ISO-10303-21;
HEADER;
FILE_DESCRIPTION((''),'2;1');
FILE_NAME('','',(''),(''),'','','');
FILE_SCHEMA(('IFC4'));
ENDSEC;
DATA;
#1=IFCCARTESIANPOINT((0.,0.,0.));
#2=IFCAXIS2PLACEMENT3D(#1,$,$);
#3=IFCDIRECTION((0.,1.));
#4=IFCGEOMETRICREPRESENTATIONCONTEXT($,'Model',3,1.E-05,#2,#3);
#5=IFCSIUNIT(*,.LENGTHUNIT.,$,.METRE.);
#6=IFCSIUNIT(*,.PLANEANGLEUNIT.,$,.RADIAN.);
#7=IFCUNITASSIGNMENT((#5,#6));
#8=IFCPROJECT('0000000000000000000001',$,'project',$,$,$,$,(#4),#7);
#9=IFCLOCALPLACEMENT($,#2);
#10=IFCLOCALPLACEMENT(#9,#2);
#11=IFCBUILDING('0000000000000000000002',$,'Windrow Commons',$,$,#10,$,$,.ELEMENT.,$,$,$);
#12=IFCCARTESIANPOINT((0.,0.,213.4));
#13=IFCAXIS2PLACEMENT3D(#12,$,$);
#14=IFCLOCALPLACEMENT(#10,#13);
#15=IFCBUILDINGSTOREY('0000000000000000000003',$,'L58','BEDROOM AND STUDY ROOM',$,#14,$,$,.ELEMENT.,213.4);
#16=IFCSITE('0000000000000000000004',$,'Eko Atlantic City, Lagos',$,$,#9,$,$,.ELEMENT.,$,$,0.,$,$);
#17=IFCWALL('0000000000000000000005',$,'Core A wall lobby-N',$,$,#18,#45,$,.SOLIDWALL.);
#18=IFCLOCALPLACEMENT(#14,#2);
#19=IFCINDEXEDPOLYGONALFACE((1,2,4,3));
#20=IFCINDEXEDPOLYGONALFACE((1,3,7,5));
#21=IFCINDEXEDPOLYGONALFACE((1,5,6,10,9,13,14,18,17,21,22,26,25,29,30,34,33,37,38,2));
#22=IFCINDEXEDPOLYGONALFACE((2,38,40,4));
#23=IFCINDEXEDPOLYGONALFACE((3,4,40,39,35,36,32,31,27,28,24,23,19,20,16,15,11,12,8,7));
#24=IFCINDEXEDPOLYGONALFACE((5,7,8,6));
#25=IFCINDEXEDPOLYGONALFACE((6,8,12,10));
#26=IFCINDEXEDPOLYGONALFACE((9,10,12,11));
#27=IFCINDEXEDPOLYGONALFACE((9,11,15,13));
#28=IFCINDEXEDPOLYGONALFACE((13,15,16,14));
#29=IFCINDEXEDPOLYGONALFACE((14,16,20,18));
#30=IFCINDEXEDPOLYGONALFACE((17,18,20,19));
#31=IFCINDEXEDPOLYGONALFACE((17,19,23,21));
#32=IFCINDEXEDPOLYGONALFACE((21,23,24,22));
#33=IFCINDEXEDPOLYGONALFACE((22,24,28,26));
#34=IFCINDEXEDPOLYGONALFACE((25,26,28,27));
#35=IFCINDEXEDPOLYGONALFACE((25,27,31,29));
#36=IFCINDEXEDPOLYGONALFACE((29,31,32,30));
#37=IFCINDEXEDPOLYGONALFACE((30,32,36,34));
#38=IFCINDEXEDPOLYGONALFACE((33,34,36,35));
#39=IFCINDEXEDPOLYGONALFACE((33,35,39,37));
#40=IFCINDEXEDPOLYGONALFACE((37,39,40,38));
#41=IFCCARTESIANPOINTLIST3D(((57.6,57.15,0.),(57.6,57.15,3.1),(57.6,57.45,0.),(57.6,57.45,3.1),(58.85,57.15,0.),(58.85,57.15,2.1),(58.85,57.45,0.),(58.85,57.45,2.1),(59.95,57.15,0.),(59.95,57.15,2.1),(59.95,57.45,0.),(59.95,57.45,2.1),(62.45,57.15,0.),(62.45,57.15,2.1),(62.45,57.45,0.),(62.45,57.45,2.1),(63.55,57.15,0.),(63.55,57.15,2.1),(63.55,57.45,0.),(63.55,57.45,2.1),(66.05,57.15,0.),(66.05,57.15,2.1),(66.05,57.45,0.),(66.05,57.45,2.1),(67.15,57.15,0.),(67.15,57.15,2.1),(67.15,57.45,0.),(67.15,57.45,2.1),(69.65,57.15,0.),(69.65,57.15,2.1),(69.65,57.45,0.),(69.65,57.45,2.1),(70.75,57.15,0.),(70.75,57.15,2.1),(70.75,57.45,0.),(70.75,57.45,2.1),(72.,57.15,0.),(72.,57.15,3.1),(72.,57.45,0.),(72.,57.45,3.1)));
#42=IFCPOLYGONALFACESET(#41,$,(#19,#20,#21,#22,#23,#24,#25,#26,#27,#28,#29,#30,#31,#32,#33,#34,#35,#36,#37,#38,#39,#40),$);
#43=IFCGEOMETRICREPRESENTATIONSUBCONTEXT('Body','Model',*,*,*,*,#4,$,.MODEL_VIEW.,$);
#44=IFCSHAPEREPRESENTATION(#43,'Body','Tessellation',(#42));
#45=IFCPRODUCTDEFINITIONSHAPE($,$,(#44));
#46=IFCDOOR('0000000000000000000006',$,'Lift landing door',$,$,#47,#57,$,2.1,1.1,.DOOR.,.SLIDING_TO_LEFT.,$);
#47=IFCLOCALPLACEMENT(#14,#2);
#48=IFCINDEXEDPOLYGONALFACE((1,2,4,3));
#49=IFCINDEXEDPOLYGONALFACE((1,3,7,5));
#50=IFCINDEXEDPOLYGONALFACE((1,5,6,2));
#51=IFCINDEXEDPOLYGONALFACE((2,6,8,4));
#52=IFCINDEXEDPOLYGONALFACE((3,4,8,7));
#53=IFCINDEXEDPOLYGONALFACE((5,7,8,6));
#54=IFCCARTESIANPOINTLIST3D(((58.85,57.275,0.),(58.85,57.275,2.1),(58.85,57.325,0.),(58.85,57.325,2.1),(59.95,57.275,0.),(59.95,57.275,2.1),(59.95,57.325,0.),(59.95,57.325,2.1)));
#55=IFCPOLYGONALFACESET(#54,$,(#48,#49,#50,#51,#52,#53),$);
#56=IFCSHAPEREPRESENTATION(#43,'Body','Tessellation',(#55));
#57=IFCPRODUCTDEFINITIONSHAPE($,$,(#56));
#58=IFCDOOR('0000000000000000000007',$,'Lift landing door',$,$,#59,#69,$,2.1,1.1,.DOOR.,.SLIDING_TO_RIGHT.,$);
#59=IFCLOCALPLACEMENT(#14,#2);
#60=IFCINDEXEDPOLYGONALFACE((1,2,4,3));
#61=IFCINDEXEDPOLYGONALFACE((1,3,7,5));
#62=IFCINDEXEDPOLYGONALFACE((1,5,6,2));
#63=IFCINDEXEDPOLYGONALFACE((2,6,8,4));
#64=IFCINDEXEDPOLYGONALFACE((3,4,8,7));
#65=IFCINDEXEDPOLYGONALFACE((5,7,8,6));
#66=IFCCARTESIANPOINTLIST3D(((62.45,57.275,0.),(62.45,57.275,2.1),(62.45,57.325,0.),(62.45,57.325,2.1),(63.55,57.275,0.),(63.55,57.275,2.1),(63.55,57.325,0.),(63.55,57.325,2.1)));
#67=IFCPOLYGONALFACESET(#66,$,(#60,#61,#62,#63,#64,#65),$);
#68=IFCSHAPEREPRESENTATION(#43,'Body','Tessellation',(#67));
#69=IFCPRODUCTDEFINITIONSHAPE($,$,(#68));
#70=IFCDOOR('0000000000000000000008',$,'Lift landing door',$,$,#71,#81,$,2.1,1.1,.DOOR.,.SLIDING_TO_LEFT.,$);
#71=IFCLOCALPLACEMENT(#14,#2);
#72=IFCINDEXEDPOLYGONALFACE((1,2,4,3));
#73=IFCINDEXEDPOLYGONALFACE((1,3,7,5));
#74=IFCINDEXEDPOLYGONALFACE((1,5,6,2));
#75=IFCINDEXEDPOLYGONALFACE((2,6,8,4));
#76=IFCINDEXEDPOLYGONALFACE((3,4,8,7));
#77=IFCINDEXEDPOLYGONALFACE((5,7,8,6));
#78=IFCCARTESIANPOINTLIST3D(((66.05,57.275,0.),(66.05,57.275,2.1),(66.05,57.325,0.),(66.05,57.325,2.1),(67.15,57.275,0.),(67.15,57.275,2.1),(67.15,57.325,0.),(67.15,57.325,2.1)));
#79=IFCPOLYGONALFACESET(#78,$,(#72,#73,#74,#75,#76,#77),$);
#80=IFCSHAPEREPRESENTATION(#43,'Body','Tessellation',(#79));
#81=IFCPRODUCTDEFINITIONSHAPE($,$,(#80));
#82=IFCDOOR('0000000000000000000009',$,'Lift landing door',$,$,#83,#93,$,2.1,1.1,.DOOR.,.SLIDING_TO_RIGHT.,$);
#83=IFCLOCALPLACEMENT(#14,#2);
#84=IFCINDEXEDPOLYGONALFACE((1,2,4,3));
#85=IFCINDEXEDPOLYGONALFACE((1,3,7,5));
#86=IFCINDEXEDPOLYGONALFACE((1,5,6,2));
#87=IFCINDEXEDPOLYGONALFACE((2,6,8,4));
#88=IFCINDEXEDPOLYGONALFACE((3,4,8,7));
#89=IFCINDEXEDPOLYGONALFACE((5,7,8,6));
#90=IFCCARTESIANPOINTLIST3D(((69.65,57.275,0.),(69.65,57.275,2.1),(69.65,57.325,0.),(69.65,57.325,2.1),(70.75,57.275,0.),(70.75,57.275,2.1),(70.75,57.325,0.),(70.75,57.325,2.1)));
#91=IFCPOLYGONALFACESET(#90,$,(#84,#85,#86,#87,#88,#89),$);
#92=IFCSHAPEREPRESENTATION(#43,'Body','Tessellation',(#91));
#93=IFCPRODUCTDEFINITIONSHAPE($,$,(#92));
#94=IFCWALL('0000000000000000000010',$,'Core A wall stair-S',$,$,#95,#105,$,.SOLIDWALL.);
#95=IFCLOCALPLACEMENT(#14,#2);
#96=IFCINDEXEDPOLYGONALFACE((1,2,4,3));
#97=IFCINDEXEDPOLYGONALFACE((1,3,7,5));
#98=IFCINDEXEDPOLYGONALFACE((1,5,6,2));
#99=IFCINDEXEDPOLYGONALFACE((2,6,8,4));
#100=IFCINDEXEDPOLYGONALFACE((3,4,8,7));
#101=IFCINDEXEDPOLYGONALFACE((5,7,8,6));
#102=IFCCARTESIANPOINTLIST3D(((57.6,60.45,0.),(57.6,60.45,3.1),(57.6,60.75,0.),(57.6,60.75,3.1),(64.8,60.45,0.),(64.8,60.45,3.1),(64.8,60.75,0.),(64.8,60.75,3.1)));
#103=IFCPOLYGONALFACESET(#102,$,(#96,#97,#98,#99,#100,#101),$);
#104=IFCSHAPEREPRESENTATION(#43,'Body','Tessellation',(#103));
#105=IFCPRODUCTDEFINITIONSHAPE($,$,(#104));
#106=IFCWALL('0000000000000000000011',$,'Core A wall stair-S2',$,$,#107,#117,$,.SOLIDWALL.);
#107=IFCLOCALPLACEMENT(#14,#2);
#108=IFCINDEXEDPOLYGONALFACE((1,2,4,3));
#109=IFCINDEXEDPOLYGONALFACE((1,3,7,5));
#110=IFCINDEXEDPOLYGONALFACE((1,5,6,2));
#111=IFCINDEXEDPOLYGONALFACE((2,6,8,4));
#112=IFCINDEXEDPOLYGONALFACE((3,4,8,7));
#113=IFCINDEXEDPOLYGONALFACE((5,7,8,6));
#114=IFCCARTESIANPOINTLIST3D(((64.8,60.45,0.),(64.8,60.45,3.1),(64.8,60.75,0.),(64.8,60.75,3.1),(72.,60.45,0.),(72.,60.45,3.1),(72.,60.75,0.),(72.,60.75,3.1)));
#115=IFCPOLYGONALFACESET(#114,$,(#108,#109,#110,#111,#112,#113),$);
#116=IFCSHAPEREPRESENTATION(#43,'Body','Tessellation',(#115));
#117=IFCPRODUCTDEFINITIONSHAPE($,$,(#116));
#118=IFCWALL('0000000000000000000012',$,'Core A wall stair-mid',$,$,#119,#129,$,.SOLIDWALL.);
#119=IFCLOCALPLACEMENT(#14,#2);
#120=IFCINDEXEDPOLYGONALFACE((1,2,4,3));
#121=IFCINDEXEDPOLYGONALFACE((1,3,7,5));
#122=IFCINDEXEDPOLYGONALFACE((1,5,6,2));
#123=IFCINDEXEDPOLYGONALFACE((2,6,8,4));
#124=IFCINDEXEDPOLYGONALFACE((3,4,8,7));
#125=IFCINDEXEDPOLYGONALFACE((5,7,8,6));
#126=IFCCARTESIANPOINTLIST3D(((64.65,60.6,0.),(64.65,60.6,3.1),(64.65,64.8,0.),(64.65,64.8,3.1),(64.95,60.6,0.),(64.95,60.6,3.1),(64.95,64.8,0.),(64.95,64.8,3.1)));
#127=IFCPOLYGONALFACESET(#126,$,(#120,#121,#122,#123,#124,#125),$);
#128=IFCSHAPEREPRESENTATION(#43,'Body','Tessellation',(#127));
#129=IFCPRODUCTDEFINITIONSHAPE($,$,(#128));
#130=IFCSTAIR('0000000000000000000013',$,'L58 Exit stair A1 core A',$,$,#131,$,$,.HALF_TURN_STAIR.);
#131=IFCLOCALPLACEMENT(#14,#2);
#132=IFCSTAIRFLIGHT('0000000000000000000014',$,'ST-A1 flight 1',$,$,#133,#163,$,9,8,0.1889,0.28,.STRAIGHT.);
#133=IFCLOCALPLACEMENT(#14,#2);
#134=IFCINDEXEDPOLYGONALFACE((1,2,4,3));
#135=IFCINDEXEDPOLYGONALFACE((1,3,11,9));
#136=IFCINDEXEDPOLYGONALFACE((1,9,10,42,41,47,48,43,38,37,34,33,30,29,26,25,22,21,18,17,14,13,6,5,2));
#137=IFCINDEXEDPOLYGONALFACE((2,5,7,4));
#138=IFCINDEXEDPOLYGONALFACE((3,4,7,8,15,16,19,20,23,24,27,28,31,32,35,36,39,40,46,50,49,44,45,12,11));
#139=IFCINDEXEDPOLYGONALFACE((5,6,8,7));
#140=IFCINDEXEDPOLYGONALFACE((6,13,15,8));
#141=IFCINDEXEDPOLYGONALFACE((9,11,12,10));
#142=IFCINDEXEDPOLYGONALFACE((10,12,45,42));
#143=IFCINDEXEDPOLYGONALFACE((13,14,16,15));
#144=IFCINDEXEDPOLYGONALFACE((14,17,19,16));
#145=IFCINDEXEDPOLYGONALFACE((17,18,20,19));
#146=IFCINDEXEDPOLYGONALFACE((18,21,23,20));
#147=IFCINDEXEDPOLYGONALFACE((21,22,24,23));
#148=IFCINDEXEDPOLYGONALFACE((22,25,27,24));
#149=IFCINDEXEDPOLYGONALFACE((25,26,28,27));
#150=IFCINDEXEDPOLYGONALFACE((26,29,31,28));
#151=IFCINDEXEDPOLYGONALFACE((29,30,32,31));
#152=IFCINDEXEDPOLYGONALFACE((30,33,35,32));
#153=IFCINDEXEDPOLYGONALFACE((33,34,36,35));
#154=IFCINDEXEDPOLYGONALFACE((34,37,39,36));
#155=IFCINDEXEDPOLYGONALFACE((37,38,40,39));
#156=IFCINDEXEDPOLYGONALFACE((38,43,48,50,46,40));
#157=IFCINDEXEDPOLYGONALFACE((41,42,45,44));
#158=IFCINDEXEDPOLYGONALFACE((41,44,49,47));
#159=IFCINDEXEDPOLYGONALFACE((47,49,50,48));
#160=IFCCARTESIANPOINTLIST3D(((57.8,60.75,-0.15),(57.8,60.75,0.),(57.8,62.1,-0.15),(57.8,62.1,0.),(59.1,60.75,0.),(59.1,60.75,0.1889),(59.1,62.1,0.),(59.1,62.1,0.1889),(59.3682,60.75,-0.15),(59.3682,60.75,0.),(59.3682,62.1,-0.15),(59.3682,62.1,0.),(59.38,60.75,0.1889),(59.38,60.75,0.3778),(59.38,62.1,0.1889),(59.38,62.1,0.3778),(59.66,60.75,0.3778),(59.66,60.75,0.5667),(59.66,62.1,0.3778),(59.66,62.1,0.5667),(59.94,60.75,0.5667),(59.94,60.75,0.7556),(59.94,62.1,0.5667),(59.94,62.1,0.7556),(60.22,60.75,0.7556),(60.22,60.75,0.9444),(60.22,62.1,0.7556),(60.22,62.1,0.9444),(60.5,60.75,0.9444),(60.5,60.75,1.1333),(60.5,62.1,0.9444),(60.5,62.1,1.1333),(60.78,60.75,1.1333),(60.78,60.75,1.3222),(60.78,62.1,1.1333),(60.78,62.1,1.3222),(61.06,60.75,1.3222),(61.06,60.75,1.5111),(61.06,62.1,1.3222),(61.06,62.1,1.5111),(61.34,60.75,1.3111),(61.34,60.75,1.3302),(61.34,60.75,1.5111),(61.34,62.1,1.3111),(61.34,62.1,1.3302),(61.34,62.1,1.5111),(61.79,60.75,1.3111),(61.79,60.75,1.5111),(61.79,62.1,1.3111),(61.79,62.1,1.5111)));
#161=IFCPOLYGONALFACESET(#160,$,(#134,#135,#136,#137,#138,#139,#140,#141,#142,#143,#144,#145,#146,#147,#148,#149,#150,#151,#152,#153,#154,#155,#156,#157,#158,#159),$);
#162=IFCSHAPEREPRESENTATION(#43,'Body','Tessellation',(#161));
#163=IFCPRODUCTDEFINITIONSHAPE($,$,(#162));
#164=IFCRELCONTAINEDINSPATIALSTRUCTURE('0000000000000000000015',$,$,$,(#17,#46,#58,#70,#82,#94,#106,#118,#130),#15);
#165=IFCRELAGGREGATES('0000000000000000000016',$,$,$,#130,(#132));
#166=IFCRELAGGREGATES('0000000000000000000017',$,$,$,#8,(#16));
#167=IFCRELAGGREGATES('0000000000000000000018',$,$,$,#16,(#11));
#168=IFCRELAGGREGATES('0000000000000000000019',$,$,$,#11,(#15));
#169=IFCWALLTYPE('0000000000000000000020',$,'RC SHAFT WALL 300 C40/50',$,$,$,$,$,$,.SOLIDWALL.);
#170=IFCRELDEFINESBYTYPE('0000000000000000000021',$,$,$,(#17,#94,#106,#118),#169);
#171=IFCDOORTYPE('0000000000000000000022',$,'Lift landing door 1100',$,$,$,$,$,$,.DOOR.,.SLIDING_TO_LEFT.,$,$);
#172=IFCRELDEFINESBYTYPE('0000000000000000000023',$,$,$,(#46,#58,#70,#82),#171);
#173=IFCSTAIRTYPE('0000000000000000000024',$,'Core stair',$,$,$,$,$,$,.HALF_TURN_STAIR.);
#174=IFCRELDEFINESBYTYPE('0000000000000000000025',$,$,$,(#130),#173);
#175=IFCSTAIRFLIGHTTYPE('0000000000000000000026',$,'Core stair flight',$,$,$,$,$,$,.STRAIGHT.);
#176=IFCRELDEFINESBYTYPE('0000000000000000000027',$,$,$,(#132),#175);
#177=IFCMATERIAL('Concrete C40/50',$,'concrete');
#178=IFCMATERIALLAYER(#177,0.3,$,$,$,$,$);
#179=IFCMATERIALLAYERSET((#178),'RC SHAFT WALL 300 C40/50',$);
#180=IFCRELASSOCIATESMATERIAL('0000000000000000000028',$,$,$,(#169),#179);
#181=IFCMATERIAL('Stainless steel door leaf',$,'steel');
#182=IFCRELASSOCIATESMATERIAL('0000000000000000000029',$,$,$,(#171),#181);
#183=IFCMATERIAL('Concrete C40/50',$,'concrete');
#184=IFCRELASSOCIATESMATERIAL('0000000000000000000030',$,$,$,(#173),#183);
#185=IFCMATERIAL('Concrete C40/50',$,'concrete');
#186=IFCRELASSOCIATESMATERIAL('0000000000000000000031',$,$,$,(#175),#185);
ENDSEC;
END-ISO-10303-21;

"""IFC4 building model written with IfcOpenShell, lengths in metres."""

from ifc_helpers import new_model, si_unit, direction, frame, frame_2d, origin, place, context, subcontext, project, spatial, polyline, rectangle, outline, extrude, material, layer, layer_set, type_object, element, fill, aggregate, save


model = new_model("IFC4")

# Units and contexts
model_context = context("Model", 3, precision=1e-05, world=origin(), true_north=direction((0.0, 1.0)))
body_context = subcontext(model_context, "Body", "Model", "MODEL_VIEW")
ifc_project = project(units=[si_unit("LENGTHUNIT", "METRE"), si_unit("PLANEANGLEUNIT", "RADIAN")], contexts=[model_context])

# Site, building, storey
site_placement = place(None, origin())
site = spatial("IfcSite", under=ifc_project, at=site_placement, Name="Eko Atlantic City, Lagos", CompositionType="ELEMENT", RefElevation=0.0)
building_placement = place(site_placement, origin())
building = spatial("IfcBuilding", under=site, at=building_placement, Name="Windrow Commons", CompositionType="ELEMENT")
storey_placement = place(building_placement, frame((0.0, 0.0, 213.4)))
storey = spatial("IfcBuildingStorey", under=building, at=storey_placement, Name="L58", Description="BEDROOM AND STUDY ROOM", CompositionType="ELEMENT", Elevation=213.4)

# Shared definitions
ifc_material_1 = material(Name="Concrete C40/50", Category="concrete")
ifc_layer_1 = layer(ifc_material_1, 0.3)
ifc_layer_set_1 = layer_set([ifc_layer_1], Name="RC SHAFT WALL 300 C40/50")
wall_type_1 = type_object("IfcWallType", Name="RC SHAFT WALL 300 C40/50", PredefinedType="SOLIDWALL", material=ifc_layer_set_1)

# Wall, openings, doors
ifc_material_2 = material(Name="Stainless steel door leaf", Category="steel")
door_type_1 = type_object("IfcDoorType", Name="Lift landing door 1100", OperationType="SLIDING_TO_LEFT", PredefinedType="DOOR", material=ifc_material_2)
wall_1_placement = place(storey_placement, frame((57.6, 57.3, 0.0), z_axis=(0.0, 0.0, 1.0), x_axis=(1.0, 0.0, 0.0)))
wall_1 = element("IfcWall", 1, at=wall_1_placement, inside=storey, type_object=wall_type_1, Name="Core A wall lobby-N", PredefinedType="SOLIDWALL", context=body_context, shape_type="SweptSolid", body=[
    extrude(rectangle(XDim=14.4, YDim=0.3, at=frame_2d((7.2, 0.0))), origin(), (0.0, 0.0, 1.0), 3.1),
])
opening_1_placement = place(wall_1_placement, frame((1.25, 0.0, 0.0)))
opening_1 = element("IfcOpeningElement", 2, at=opening_1_placement, cuts=wall_1, PredefinedType="OPENING", context=body_context, shape_type="SweptSolid", body=[
    extrude(rectangle(XDim=1.1, YDim=2.1, at=frame_2d((0.55, 1.05))), frame((0.0, 0.16, 0.0), z_axis=(0.0, -1.0, 0.0), x_axis=(1.0, 0.0, 0.0)), (0.0, 0.0, 1.0), 0.32),
])
opening_2_placement = place(wall_1_placement, frame((4.85, 0.0, 0.0)))
opening_2 = element("IfcOpeningElement", 3, at=opening_2_placement, cuts=wall_1, PredefinedType="OPENING", context=body_context, shape_type="SweptSolid", body=[
    extrude(rectangle(XDim=1.1, YDim=2.1, at=frame_2d((0.55, 1.05))), frame((0.0, 0.16, 0.0), z_axis=(0.0, -1.0, 0.0), x_axis=(1.0, 0.0, 0.0)), (0.0, 0.0, 1.0), 0.32),
])
opening_3_placement = place(wall_1_placement, frame((8.45, 0.0, 0.0)))
opening_3 = element("IfcOpeningElement", 4, at=opening_3_placement, cuts=wall_1, PredefinedType="OPENING", context=body_context, shape_type="SweptSolid", body=[
    extrude(rectangle(XDim=1.1, YDim=2.1, at=frame_2d((0.55, 1.05))), frame((0.0, 0.16, 0.0), z_axis=(0.0, -1.0, 0.0), x_axis=(1.0, 0.0, 0.0)), (0.0, 0.0, 1.0), 0.32),
])
opening_4_placement = place(wall_1_placement, frame((12.05, 0.0, 0.0)))
opening_4 = element("IfcOpeningElement", 5, at=opening_4_placement, cuts=wall_1, PredefinedType="OPENING", context=body_context, shape_type="SweptSolid", body=[
    extrude(rectangle(XDim=1.1, YDim=2.1, at=frame_2d((0.55, 1.05))), frame((0.0, 0.16, 0.0), z_axis=(0.0, -1.0, 0.0), x_axis=(1.0, 0.0, 0.0)), (0.0, 0.0, 1.0), 0.32),
])
door_1_placement = place(opening_1_placement, origin())
door_1 = element("IfcDoor", 6, at=door_1_placement, inside=storey, type_object=door_type_1, Name="Lift landing door", OperationType="SLIDING_TO_LEFT", OverallHeight=2.1, OverallWidth=1.1, PredefinedType="DOOR", context=body_context, shape_type="SweptSolid", body=[
    extrude(rectangle(XDim=1.1, YDim=2.1, at=frame_2d((0.55, 1.05))), frame((0.0, 0.025, 0.0), z_axis=(0.0, -1.0, 0.0), x_axis=(1.0, 0.0, 0.0)), (0.0, 0.0, 1.0), 0.05),
])
fill(opening_1, door_1)
door_2_placement = place(opening_2_placement, origin())
door_2 = element("IfcDoor", 7, at=door_2_placement, inside=storey, type_object=door_type_1, Name="Lift landing door", OperationType="SLIDING_TO_RIGHT", OverallHeight=2.1, OverallWidth=1.1, PredefinedType="DOOR", context=body_context, shape_type="SweptSolid", body=[
    extrude(rectangle(XDim=1.1, YDim=2.1, at=frame_2d((0.55, 1.05))), frame((0.0, 0.025, 0.0), z_axis=(0.0, -1.0, 0.0), x_axis=(1.0, 0.0, 0.0)), (0.0, 0.0, 1.0), 0.05),
])
fill(opening_2, door_2)
door_3_placement = place(opening_3_placement, origin())
door_3 = element("IfcDoor", 8, at=door_3_placement, inside=storey, type_object=door_type_1, Name="Lift landing door", OperationType="SLIDING_TO_LEFT", OverallHeight=2.1, OverallWidth=1.1, PredefinedType="DOOR", context=body_context, shape_type="SweptSolid", body=[
    extrude(rectangle(XDim=1.1, YDim=2.1, at=frame_2d((0.55, 1.05))), frame((0.0, 0.025, 0.0), z_axis=(0.0, -1.0, 0.0), x_axis=(1.0, 0.0, 0.0)), (0.0, 0.0, 1.0), 0.05),
])
fill(opening_3, door_3)
door_4_placement = place(opening_4_placement, origin())
door_4 = element("IfcDoor", 9, at=door_4_placement, inside=storey, type_object=door_type_1, Name="Lift landing door", OperationType="SLIDING_TO_RIGHT", OverallHeight=2.1, OverallWidth=1.1, PredefinedType="DOOR", context=body_context, shape_type="SweptSolid", body=[
    extrude(rectangle(XDim=1.1, YDim=2.1, at=frame_2d((0.55, 1.05))), frame((0.0, 0.025, 0.0), z_axis=(0.0, -1.0, 0.0), x_axis=(1.0, 0.0, 0.0)), (0.0, 0.0, 1.0), 0.05),
])
fill(opening_4, door_4)

# Walls
for number, where, z_axis, x_axis, name in (
    (10, (57.6, 60.6, 0.0), (0.0, 0.0, 1.0), (1.0, 0.0, 0.0), "Core A wall stair-S"),
    (11, (64.8, 60.6, 0.0), (0.0, 0.0, 1.0), (1.0, 0.0, 0.0), "Core A wall stair-S2"),
):
    element("IfcWall", number, at=place(storey_placement, frame(where, z_axis=z_axis, x_axis=x_axis)), inside=storey, type_object=wall_type_1, Name=name, PredefinedType="SOLIDWALL", context=body_context, shape_type="SweptSolid", body=[
        extrude(rectangle(XDim=7.2, YDim=0.3, at=frame_2d((3.6, 0.0))), origin(), (0.0, 0.0, 1.0), 3.1),
    ])
wall_2_placement = place(storey_placement, frame((64.8, 60.6, 0.0), z_axis=(0.0, 0.0, 1.0), x_axis=(0.0, 1.0, 0.0)))
element("IfcWall", 12, at=wall_2_placement, inside=storey, type_object=wall_type_1, Name="Core A wall stair-mid", PredefinedType="SOLIDWALL", context=body_context, shape_type="SweptSolid", body=[
    extrude(rectangle(XDim=4.2, YDim=0.3, at=frame_2d((2.1, 0.0))), origin(), (0.0, 0.0, 1.0), 3.1),
])

# Stair, stair flight
ifc_material_3 = material(Name="Concrete C40/50", Category="concrete")
stair_type = type_object("IfcStairType", Name="Core stair", PredefinedType="HALF_TURN_STAIR", material=ifc_material_3)
stair_placement = place(storey_placement, origin())
stair = element("IfcStair", 13, at=stair_placement, inside=storey, type_object=stair_type, Name="L58 Exit stair A1 core A", PredefinedType="HALF_TURN_STAIR")
ifc_material_4 = material(Name="Concrete C40/50", Category="concrete")
stair_flight_type = type_object("IfcStairFlightType", Name="Core stair flight", PredefinedType="STRAIGHT", material=ifc_material_4)
stair_flight_placement = place(storey_placement, frame((59.1, 61.425, 0.0), z_axis=(0.0, 0.0, 1.0), x_axis=(1.0, 0.0, 0.0)))
stair_flight = element("IfcStairFlight", 14, at=stair_flight_placement, type_object=stair_flight_type, Name="ST-A1 flight 1", NumberOfRisers=9, NumberOfTreads=8, PredefinedType="STRAIGHT", RiserHeight=0.1889, TreadLength=0.28, context=body_context, shape_type="SweptSolid", body=[
    extrude(outline(polyline([(-1.3, -0.15), (-1.3, 0.0), (0.0, 0.0), (0.0, 0.1889), (0.28, 0.1889), (0.28, 0.3778), (0.56, 0.3778), (0.56, 0.5667), (0.84, 0.5667), (0.84, 0.7556), (1.12, 0.7556), (1.12, 0.9444), (1.4, 0.9444), (1.4, 1.1333), (1.68, 1.1333), (1.68, 1.3222), (1.96, 1.3222), (1.96, 1.5111), (2.24, 1.5111), (2.69, 1.5111), (2.69, 1.3111), (2.24, 1.3111), (2.24, 1.3302), (0.2682, 0.0), (0.2682, -0.15), (-1.3, -0.15)])), frame((0.0, 0.675, 0.0), z_axis=(0.0, -1.0, 0.0), x_axis=(1.0, 0.0, 0.0)), (0.0, 0.0, 1.0), 1.35),
])
aggregate(stair, [stair_flight])

save(model, "model.ifc")
